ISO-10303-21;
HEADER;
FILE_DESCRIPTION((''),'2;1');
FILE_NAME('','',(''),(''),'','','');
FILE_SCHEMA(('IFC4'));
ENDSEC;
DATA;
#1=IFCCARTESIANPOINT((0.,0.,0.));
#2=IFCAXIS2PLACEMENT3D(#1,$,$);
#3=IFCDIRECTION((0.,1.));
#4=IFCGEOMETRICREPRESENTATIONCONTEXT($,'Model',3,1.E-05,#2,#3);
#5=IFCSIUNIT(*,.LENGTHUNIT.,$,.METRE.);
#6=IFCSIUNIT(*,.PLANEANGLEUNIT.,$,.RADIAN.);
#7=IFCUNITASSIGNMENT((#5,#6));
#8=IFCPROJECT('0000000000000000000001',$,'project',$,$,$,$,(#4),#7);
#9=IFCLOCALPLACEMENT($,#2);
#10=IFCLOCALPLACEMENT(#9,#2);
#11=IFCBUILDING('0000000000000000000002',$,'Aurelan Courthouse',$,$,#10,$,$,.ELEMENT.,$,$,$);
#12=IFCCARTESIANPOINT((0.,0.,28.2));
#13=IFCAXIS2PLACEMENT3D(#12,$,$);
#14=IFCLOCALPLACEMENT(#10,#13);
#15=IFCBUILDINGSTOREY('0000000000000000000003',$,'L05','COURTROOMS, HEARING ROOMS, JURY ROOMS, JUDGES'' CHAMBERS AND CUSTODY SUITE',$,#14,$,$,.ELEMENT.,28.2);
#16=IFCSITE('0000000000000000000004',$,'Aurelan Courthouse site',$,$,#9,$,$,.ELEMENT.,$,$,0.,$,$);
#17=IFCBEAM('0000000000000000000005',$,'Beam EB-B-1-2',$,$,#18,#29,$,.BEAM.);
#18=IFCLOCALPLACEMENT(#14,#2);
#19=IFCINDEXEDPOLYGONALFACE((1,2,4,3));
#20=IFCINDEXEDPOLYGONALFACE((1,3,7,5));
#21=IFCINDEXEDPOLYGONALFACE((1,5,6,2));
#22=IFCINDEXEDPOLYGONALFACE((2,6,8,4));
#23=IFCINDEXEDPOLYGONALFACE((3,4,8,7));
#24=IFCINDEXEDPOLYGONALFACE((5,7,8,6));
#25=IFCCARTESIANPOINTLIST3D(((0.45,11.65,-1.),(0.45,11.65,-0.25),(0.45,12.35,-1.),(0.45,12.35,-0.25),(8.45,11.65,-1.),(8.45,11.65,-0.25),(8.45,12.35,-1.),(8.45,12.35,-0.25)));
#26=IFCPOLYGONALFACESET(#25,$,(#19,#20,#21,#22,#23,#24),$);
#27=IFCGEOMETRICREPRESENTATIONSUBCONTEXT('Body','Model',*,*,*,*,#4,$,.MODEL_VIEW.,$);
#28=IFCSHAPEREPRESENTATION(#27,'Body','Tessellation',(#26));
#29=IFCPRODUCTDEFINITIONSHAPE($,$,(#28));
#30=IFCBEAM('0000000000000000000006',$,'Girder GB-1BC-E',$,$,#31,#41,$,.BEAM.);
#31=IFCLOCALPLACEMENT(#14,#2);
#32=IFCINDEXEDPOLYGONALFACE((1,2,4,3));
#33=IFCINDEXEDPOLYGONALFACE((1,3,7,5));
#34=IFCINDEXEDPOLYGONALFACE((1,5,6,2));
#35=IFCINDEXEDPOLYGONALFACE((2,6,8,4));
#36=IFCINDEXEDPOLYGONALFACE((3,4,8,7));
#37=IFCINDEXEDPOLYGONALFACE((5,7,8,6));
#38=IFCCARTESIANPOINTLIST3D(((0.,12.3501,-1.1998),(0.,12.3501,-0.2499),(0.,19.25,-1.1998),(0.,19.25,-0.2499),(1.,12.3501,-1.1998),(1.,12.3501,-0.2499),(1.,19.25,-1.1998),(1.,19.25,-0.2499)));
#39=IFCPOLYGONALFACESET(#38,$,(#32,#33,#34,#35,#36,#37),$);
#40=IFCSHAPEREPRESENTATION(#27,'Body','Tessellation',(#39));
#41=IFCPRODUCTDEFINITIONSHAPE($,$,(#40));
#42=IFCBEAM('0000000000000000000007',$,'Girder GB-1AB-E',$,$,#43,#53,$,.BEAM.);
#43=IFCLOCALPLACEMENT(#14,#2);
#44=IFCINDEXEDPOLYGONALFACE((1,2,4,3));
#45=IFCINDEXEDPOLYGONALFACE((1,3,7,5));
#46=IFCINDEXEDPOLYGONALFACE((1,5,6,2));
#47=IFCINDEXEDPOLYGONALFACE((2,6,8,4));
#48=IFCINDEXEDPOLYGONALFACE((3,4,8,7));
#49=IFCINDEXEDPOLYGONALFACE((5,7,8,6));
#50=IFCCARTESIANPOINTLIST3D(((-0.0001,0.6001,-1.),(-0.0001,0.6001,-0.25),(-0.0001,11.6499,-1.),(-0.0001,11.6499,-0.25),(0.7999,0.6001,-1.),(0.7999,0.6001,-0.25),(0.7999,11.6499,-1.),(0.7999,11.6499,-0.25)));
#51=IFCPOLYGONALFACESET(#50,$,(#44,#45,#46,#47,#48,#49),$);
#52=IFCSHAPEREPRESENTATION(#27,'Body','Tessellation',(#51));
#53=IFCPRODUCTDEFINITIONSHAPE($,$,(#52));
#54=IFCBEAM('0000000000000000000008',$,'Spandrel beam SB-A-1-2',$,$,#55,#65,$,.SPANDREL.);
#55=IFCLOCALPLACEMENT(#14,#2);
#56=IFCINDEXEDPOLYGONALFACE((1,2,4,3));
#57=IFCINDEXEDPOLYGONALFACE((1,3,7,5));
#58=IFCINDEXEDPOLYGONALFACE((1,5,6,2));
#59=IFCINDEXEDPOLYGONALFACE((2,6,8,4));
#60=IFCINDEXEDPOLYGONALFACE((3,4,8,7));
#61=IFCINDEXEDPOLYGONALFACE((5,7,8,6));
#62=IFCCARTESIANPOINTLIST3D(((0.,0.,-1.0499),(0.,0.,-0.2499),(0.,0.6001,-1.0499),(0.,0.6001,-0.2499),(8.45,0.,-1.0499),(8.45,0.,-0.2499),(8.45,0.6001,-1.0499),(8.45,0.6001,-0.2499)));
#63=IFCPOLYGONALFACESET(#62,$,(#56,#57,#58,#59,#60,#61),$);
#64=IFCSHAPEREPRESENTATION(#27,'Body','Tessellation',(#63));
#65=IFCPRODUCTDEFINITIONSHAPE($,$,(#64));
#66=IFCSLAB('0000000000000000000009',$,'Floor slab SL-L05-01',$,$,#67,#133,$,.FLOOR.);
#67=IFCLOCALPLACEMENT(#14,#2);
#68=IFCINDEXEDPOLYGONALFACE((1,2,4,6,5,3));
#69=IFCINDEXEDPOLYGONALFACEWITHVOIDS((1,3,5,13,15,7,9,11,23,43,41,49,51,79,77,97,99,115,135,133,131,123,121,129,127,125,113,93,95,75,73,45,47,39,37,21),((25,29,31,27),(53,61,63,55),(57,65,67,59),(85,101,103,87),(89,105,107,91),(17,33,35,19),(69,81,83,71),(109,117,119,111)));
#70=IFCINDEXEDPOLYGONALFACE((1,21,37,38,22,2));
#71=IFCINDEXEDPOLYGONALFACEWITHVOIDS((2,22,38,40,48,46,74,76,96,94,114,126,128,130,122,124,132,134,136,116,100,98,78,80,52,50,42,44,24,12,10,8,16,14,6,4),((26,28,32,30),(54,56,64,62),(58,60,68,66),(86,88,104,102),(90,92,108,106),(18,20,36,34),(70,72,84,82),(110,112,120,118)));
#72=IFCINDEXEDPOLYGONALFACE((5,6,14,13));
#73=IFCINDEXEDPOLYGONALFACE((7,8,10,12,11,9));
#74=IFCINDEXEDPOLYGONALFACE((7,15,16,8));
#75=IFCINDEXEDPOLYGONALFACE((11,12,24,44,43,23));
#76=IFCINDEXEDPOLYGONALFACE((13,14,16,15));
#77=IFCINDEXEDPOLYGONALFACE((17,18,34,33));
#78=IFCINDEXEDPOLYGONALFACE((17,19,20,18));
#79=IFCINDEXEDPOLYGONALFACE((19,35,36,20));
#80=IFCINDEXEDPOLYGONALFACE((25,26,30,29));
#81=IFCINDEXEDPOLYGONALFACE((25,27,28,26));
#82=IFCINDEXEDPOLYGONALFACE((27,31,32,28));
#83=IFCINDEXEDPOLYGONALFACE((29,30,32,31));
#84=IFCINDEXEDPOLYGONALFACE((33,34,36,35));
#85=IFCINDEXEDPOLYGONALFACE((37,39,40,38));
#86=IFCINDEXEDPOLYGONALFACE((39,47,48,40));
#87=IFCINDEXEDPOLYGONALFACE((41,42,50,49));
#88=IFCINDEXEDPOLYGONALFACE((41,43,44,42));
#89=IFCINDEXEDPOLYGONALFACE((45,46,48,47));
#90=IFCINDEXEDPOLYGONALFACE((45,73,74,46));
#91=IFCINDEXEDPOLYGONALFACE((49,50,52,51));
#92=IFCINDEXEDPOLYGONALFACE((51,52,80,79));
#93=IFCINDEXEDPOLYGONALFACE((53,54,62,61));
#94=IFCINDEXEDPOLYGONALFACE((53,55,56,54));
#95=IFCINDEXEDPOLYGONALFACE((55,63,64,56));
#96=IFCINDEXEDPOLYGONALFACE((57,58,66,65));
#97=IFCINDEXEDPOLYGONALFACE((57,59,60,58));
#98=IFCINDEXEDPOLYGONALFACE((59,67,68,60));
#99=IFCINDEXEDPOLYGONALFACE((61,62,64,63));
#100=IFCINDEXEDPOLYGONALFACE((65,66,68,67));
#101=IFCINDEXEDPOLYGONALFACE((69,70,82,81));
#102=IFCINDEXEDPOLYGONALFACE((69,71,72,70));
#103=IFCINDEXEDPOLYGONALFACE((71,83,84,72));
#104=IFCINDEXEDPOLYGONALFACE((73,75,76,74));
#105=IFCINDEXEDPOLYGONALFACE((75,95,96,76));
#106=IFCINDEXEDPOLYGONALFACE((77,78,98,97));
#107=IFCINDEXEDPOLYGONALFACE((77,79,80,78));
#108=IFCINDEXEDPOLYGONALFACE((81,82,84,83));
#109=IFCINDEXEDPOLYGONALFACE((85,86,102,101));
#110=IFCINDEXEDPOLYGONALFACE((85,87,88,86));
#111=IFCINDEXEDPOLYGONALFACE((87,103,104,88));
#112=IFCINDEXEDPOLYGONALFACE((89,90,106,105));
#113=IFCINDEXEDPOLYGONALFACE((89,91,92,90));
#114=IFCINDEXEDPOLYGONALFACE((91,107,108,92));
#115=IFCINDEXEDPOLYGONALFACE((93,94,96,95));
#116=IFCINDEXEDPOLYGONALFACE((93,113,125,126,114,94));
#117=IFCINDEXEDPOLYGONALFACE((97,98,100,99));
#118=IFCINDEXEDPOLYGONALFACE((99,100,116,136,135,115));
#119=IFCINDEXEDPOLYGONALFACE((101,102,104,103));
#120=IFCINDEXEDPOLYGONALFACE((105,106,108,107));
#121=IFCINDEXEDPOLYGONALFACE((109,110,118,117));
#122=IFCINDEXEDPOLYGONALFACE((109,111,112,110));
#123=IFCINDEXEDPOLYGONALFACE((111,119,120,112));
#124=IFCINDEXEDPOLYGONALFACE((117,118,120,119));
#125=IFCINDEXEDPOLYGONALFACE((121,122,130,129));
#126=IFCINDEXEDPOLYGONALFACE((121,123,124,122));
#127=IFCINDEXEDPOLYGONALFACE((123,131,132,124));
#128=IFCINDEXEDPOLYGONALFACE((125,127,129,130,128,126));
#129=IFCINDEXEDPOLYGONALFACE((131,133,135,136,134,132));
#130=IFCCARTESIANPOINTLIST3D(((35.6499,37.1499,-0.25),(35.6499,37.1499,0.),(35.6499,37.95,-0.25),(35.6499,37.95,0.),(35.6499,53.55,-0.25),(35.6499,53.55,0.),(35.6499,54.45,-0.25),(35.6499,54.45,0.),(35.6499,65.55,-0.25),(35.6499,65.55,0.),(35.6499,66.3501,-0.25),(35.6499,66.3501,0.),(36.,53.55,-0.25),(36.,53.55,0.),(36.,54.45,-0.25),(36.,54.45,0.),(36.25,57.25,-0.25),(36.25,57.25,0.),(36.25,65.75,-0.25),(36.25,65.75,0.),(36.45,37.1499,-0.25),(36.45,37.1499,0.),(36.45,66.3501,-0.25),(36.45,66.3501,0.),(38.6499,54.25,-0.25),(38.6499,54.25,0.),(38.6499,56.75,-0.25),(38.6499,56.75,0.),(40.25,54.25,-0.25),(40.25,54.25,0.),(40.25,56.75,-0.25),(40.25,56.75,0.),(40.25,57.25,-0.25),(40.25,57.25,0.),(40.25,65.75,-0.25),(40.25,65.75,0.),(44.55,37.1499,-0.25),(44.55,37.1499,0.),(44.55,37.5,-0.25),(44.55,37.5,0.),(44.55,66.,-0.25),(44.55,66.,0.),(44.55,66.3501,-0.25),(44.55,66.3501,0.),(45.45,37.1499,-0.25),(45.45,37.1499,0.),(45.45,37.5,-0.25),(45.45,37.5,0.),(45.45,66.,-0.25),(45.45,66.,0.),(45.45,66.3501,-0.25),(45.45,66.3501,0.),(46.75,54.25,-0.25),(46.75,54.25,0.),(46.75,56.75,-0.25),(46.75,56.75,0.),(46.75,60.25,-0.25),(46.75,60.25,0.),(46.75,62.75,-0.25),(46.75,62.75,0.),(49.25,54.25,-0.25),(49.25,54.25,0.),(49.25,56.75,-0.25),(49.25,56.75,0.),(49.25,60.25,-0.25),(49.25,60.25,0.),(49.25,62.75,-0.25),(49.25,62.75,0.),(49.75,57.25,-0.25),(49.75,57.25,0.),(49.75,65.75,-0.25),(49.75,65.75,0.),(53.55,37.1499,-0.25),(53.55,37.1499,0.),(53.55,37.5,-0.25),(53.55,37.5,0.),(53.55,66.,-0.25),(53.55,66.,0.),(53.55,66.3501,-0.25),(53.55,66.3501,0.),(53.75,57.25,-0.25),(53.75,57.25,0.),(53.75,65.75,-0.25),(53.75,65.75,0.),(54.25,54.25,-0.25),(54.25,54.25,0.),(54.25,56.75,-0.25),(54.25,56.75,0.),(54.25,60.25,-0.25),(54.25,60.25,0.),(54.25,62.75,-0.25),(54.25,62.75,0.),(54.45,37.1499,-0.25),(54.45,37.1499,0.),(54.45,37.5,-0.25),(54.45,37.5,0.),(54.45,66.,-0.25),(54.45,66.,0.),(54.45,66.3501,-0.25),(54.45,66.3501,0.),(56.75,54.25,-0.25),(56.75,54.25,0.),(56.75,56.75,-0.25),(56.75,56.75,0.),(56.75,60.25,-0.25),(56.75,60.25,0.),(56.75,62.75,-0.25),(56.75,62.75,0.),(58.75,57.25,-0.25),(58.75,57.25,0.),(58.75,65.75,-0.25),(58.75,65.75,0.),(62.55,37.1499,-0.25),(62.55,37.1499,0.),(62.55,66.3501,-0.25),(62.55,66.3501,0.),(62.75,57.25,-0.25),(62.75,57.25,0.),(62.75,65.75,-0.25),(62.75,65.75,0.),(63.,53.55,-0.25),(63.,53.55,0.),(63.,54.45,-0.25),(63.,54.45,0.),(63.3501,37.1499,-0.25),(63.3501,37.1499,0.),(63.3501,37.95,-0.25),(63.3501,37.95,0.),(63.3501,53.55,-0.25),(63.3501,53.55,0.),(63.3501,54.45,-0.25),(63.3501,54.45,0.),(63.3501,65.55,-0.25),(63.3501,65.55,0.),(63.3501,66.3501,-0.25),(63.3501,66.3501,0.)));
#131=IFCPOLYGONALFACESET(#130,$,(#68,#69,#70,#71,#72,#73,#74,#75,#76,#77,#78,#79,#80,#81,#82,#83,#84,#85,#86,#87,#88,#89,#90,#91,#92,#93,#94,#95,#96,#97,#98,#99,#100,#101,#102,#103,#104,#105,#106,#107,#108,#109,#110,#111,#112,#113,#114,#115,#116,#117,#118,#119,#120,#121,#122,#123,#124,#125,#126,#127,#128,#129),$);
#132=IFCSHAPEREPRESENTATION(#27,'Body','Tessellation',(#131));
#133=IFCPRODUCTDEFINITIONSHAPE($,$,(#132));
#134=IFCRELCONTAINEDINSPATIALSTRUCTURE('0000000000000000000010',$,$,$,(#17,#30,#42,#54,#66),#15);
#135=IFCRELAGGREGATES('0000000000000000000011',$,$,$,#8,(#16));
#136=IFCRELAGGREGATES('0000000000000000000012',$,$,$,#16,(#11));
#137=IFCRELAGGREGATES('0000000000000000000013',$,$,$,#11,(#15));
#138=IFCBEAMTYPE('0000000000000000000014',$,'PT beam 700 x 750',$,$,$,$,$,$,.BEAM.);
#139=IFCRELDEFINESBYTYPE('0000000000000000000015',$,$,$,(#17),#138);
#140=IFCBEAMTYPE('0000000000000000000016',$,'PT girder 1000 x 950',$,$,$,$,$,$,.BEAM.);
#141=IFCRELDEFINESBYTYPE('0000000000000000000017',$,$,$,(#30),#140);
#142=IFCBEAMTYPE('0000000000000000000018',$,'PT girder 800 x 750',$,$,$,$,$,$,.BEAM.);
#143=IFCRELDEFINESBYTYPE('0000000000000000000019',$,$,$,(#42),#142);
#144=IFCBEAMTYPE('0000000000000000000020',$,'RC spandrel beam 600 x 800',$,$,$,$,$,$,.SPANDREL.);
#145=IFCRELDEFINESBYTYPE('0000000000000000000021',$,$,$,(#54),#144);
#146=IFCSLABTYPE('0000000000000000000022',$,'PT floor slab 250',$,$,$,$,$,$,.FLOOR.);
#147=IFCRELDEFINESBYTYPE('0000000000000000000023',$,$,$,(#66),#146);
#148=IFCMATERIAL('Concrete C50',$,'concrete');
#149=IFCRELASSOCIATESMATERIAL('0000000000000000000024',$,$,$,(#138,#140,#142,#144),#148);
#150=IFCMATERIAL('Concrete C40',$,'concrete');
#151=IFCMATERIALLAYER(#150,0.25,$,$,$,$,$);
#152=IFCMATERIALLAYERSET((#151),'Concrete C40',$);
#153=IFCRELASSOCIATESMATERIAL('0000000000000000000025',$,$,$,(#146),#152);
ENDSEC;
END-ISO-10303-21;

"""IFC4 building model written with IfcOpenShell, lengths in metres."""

from ifc_helpers import new_model, si_unit, direction, frame, origin, origin_2d, place, context, subcontext, project, spatial, polyline, rectangle, outline, extrude, material, layer, layer_set, material_profile, profile_set, type_object, element, save


model = new_model("IFC4")

# Units and contexts
model_context = context("Model", 3, precision=1e-05, world=origin(), true_north=direction((0.0, 1.0)))
body_context = subcontext(model_context, "Body", "Model", "MODEL_VIEW")
ifc_project = project(units=[si_unit("LENGTHUNIT", "METRE"), si_unit("PLANEANGLEUNIT", "RADIAN")], contexts=[model_context])

# Site, building, storey
site_placement = place(None, origin())
site = spatial("IfcSite", under=ifc_project, at=site_placement, Name="Aurelan Courthouse site", CompositionType="ELEMENT", RefElevation=0.0)
building_placement = place(site_placement, origin())
building = spatial("IfcBuilding", under=site, at=building_placement, Name="Aurelan Courthouse", CompositionType="ELEMENT")
storey_placement = place(building_placement, frame((0.0, 0.0, 28.2)))
storey = spatial("IfcBuildingStorey", under=building, at=storey_placement, Name="L05", Description="COURTROOMS, HEARING ROOMS, JURY ROOMS, JUDGES' CHAMBERS AND CUSTODY SUITE", CompositionType="ELEMENT", Elevation=28.2)

# Beams
ifc_material_1 = material(Name="Concrete C50", Category="concrete")
ifc_material_profile_1 = material_profile(ifc_material_1, rectangle(XDim=0.7, YDim=0.75, at=origin_2d()), Name="RC 700 x 750")
ifc_profile_set_1 = profile_set([ifc_material_profile_1], Name="Concrete C50")
beam_type_1 = type_object("IfcBeamType", Name="PT beam 700 x 750", PredefinedType="BEAM", material=ifc_profile_set_1)
beam_1_placement = place(storey_placement, frame((0.45, 12.0, -0.625), z_axis=(1.0, 0.0, 0.0), x_axis=(0.0, 1.0, 0.0)))
element("IfcBeam", 1, at=beam_1_placement, inside=storey, type_object=beam_type_1, Name="Beam EB-B-1-2", PredefinedType="BEAM", context=body_context, shape_type="SweptSolid", body=[
    extrude(rectangle(XDim=0.7, YDim=0.75, at=origin_2d()), origin(), (0.0, 0.0, 1.0), 8.0),
])
ifc_material_profile_2 = material_profile(ifc_material_1, rectangle(XDim=1.0, YDim=0.95, at=origin_2d()), Name="RC 1000 x 950")
ifc_profile_set_2 = profile_set([ifc_material_profile_2], Name="Concrete C50")
beam_type_2 = type_object("IfcBeamType", Name="PT girder 1000 x 950", PredefinedType="BEAM", material=ifc_profile_set_2)
beam_2_placement = place(storey_placement, frame((0.5, 12.3501, -0.7249), z_axis=(0.0, 1.0, 0.0), x_axis=(-1.0, 0.0, 0.0)))
element("IfcBeam", 2, at=beam_2_placement, inside=storey, type_object=beam_type_2, Name="Girder GB-1BC-E", PredefinedType="BEAM", context=body_context, shape_type="SweptSolid", body=[
    extrude(rectangle(XDim=1.0, YDim=0.95, at=origin_2d()), origin(), (0.0, 0.0, 1.0), 6.8999),
])
ifc_material_profile_3 = material_profile(ifc_material_1, rectangle(XDim=0.8, YDim=0.75, at=origin_2d()), Name="RC 800 x 750")
ifc_profile_set_3 = profile_set([ifc_material_profile_3], Name="Concrete C50")
beam_type_3 = type_object("IfcBeamType", Name="PT girder 800 x 750", PredefinedType="BEAM", material=ifc_profile_set_3)
beam_3_placement = place(storey_placement, frame((0.3999, 0.6001, -0.625), z_axis=(0.0, 1.0, 0.0), x_axis=(-1.0, 0.0, 0.0)))
element("IfcBeam", 3, at=beam_3_placement, inside=storey, type_object=beam_type_3, Name="Girder GB-1AB-E", PredefinedType="BEAM", context=body_context, shape_type="SweptSolid", body=[
    extrude(rectangle(XDim=0.8, YDim=0.75, at=origin_2d()), origin(), (0.0, 0.0, 1.0), 11.0498),
])
ifc_material_profile_4 = material_profile(ifc_material_1, rectangle(XDim=0.6001, YDim=0.8, at=origin_2d()), Name="RC 600 x 800")
ifc_profile_set_4 = profile_set([ifc_material_profile_4], Name="Concrete C50")
beam_type_4 = type_object("IfcBeamType", Name="RC spandrel beam 600 x 800", PredefinedType="SPANDREL", material=ifc_profile_set_4)
beam_4_placement = place(storey_placement, frame((0.0, 0.3, -0.6499), z_axis=(1.0, 0.0, 0.0), x_axis=(0.0, 1.0, 0.0)))
element("IfcBeam", 4, at=beam_4_placement, inside=storey, type_object=beam_type_4, Name="Spandrel beam SB-A-1-2", PredefinedType="SPANDREL", context=body_context, shape_type="SweptSolid", body=[
    extrude(rectangle(XDim=0.6001, YDim=0.8, at=origin_2d()), origin(), (0.0, 0.0, 1.0), 8.45),
])

# Slab
ifc_material_2 = material(Name="Concrete C40", Category="concrete")
ifc_layer_1 = layer(ifc_material_2, 0.25)
ifc_layer_set_1 = layer_set([ifc_layer_1], Name="Concrete C40")
slab_type_1 = type_object("IfcSlabType", Name="PT floor slab 250", PredefinedType="FLOOR", material=ifc_layer_set_1)
slab_1_placement = place(storey_placement, frame((0.0, 0.0, -0.25)))
element("IfcSlab", 5, at=slab_1_placement, inside=storey, type_object=slab_type_1, Name="Floor slab SL-L05-01", PredefinedType="FLOOR", context=body_context, shape_type="SweptSolid", body=[
    extrude(outline(polyline([(35.6499, 66.3501), (35.6499, 65.55), (35.6499, 54.45), (36.0, 54.45), (36.0, 53.55), (35.6499, 53.55), (35.6499, 37.95), (35.6499, 37.1499), (36.45, 37.1499), (44.55, 37.1499), (44.55, 37.5), (45.45, 37.5), (45.45, 37.1499), (53.55, 37.1499), (53.55, 37.5), (54.45, 37.5), (54.45, 37.1499), (62.55, 37.1499), (63.3501, 37.1499), (63.3501, 37.95), (63.3501, 53.55), (63.0, 53.55), (63.0, 54.45), (63.3501, 54.45), (63.3501, 65.55), (63.3501, 66.3501), (62.55, 66.3501), (54.45, 66.3501), (54.45, 66.0), (53.55, 66.0), (53.55, 66.3501), (45.45, 66.3501), (45.45, 66.0), (44.55, 66.0), (44.55, 66.3501), (36.45, 66.3501), (35.6499, 66.3501)]), holes=[polyline([(58.75, 65.75), (62.75, 65.75), (62.75, 57.25), (58.75, 57.25), (58.75, 65.75)]), polyline([(56.75, 56.75), (56.75, 54.25), (54.25, 54.25), (54.25, 56.75), (56.75, 56.75)]), polyline([(56.75, 60.25), (54.25, 60.25), (54.25, 62.75), (56.75, 62.75), (56.75, 60.25)]), polyline([(49.75, 57.25), (49.75, 65.75), (53.75, 65.75), (53.75, 57.25), (49.75, 57.25)]), polyline([(46.75, 56.75), (49.25, 56.75), (49.25, 54.25), (46.75, 54.25), (46.75, 56.75)]), polyline([(46.75, 60.25), (46.75, 62.75), (49.25, 62.75), (49.25, 60.25), (46.75, 60.25)]), polyline([(40.25, 56.75), (40.25, 54.25), (38.6499, 54.25), (38.6499, 56.75), (40.25, 56.75)]), polyline([(40.25, 57.25), (36.25, 57.25), (36.25, 65.75), (40.25, 65.75), (40.25, 57.25)])]), origin(), (0.0, 0.0, 1.0), 0.25),
])

save(model, "model.ifc")
